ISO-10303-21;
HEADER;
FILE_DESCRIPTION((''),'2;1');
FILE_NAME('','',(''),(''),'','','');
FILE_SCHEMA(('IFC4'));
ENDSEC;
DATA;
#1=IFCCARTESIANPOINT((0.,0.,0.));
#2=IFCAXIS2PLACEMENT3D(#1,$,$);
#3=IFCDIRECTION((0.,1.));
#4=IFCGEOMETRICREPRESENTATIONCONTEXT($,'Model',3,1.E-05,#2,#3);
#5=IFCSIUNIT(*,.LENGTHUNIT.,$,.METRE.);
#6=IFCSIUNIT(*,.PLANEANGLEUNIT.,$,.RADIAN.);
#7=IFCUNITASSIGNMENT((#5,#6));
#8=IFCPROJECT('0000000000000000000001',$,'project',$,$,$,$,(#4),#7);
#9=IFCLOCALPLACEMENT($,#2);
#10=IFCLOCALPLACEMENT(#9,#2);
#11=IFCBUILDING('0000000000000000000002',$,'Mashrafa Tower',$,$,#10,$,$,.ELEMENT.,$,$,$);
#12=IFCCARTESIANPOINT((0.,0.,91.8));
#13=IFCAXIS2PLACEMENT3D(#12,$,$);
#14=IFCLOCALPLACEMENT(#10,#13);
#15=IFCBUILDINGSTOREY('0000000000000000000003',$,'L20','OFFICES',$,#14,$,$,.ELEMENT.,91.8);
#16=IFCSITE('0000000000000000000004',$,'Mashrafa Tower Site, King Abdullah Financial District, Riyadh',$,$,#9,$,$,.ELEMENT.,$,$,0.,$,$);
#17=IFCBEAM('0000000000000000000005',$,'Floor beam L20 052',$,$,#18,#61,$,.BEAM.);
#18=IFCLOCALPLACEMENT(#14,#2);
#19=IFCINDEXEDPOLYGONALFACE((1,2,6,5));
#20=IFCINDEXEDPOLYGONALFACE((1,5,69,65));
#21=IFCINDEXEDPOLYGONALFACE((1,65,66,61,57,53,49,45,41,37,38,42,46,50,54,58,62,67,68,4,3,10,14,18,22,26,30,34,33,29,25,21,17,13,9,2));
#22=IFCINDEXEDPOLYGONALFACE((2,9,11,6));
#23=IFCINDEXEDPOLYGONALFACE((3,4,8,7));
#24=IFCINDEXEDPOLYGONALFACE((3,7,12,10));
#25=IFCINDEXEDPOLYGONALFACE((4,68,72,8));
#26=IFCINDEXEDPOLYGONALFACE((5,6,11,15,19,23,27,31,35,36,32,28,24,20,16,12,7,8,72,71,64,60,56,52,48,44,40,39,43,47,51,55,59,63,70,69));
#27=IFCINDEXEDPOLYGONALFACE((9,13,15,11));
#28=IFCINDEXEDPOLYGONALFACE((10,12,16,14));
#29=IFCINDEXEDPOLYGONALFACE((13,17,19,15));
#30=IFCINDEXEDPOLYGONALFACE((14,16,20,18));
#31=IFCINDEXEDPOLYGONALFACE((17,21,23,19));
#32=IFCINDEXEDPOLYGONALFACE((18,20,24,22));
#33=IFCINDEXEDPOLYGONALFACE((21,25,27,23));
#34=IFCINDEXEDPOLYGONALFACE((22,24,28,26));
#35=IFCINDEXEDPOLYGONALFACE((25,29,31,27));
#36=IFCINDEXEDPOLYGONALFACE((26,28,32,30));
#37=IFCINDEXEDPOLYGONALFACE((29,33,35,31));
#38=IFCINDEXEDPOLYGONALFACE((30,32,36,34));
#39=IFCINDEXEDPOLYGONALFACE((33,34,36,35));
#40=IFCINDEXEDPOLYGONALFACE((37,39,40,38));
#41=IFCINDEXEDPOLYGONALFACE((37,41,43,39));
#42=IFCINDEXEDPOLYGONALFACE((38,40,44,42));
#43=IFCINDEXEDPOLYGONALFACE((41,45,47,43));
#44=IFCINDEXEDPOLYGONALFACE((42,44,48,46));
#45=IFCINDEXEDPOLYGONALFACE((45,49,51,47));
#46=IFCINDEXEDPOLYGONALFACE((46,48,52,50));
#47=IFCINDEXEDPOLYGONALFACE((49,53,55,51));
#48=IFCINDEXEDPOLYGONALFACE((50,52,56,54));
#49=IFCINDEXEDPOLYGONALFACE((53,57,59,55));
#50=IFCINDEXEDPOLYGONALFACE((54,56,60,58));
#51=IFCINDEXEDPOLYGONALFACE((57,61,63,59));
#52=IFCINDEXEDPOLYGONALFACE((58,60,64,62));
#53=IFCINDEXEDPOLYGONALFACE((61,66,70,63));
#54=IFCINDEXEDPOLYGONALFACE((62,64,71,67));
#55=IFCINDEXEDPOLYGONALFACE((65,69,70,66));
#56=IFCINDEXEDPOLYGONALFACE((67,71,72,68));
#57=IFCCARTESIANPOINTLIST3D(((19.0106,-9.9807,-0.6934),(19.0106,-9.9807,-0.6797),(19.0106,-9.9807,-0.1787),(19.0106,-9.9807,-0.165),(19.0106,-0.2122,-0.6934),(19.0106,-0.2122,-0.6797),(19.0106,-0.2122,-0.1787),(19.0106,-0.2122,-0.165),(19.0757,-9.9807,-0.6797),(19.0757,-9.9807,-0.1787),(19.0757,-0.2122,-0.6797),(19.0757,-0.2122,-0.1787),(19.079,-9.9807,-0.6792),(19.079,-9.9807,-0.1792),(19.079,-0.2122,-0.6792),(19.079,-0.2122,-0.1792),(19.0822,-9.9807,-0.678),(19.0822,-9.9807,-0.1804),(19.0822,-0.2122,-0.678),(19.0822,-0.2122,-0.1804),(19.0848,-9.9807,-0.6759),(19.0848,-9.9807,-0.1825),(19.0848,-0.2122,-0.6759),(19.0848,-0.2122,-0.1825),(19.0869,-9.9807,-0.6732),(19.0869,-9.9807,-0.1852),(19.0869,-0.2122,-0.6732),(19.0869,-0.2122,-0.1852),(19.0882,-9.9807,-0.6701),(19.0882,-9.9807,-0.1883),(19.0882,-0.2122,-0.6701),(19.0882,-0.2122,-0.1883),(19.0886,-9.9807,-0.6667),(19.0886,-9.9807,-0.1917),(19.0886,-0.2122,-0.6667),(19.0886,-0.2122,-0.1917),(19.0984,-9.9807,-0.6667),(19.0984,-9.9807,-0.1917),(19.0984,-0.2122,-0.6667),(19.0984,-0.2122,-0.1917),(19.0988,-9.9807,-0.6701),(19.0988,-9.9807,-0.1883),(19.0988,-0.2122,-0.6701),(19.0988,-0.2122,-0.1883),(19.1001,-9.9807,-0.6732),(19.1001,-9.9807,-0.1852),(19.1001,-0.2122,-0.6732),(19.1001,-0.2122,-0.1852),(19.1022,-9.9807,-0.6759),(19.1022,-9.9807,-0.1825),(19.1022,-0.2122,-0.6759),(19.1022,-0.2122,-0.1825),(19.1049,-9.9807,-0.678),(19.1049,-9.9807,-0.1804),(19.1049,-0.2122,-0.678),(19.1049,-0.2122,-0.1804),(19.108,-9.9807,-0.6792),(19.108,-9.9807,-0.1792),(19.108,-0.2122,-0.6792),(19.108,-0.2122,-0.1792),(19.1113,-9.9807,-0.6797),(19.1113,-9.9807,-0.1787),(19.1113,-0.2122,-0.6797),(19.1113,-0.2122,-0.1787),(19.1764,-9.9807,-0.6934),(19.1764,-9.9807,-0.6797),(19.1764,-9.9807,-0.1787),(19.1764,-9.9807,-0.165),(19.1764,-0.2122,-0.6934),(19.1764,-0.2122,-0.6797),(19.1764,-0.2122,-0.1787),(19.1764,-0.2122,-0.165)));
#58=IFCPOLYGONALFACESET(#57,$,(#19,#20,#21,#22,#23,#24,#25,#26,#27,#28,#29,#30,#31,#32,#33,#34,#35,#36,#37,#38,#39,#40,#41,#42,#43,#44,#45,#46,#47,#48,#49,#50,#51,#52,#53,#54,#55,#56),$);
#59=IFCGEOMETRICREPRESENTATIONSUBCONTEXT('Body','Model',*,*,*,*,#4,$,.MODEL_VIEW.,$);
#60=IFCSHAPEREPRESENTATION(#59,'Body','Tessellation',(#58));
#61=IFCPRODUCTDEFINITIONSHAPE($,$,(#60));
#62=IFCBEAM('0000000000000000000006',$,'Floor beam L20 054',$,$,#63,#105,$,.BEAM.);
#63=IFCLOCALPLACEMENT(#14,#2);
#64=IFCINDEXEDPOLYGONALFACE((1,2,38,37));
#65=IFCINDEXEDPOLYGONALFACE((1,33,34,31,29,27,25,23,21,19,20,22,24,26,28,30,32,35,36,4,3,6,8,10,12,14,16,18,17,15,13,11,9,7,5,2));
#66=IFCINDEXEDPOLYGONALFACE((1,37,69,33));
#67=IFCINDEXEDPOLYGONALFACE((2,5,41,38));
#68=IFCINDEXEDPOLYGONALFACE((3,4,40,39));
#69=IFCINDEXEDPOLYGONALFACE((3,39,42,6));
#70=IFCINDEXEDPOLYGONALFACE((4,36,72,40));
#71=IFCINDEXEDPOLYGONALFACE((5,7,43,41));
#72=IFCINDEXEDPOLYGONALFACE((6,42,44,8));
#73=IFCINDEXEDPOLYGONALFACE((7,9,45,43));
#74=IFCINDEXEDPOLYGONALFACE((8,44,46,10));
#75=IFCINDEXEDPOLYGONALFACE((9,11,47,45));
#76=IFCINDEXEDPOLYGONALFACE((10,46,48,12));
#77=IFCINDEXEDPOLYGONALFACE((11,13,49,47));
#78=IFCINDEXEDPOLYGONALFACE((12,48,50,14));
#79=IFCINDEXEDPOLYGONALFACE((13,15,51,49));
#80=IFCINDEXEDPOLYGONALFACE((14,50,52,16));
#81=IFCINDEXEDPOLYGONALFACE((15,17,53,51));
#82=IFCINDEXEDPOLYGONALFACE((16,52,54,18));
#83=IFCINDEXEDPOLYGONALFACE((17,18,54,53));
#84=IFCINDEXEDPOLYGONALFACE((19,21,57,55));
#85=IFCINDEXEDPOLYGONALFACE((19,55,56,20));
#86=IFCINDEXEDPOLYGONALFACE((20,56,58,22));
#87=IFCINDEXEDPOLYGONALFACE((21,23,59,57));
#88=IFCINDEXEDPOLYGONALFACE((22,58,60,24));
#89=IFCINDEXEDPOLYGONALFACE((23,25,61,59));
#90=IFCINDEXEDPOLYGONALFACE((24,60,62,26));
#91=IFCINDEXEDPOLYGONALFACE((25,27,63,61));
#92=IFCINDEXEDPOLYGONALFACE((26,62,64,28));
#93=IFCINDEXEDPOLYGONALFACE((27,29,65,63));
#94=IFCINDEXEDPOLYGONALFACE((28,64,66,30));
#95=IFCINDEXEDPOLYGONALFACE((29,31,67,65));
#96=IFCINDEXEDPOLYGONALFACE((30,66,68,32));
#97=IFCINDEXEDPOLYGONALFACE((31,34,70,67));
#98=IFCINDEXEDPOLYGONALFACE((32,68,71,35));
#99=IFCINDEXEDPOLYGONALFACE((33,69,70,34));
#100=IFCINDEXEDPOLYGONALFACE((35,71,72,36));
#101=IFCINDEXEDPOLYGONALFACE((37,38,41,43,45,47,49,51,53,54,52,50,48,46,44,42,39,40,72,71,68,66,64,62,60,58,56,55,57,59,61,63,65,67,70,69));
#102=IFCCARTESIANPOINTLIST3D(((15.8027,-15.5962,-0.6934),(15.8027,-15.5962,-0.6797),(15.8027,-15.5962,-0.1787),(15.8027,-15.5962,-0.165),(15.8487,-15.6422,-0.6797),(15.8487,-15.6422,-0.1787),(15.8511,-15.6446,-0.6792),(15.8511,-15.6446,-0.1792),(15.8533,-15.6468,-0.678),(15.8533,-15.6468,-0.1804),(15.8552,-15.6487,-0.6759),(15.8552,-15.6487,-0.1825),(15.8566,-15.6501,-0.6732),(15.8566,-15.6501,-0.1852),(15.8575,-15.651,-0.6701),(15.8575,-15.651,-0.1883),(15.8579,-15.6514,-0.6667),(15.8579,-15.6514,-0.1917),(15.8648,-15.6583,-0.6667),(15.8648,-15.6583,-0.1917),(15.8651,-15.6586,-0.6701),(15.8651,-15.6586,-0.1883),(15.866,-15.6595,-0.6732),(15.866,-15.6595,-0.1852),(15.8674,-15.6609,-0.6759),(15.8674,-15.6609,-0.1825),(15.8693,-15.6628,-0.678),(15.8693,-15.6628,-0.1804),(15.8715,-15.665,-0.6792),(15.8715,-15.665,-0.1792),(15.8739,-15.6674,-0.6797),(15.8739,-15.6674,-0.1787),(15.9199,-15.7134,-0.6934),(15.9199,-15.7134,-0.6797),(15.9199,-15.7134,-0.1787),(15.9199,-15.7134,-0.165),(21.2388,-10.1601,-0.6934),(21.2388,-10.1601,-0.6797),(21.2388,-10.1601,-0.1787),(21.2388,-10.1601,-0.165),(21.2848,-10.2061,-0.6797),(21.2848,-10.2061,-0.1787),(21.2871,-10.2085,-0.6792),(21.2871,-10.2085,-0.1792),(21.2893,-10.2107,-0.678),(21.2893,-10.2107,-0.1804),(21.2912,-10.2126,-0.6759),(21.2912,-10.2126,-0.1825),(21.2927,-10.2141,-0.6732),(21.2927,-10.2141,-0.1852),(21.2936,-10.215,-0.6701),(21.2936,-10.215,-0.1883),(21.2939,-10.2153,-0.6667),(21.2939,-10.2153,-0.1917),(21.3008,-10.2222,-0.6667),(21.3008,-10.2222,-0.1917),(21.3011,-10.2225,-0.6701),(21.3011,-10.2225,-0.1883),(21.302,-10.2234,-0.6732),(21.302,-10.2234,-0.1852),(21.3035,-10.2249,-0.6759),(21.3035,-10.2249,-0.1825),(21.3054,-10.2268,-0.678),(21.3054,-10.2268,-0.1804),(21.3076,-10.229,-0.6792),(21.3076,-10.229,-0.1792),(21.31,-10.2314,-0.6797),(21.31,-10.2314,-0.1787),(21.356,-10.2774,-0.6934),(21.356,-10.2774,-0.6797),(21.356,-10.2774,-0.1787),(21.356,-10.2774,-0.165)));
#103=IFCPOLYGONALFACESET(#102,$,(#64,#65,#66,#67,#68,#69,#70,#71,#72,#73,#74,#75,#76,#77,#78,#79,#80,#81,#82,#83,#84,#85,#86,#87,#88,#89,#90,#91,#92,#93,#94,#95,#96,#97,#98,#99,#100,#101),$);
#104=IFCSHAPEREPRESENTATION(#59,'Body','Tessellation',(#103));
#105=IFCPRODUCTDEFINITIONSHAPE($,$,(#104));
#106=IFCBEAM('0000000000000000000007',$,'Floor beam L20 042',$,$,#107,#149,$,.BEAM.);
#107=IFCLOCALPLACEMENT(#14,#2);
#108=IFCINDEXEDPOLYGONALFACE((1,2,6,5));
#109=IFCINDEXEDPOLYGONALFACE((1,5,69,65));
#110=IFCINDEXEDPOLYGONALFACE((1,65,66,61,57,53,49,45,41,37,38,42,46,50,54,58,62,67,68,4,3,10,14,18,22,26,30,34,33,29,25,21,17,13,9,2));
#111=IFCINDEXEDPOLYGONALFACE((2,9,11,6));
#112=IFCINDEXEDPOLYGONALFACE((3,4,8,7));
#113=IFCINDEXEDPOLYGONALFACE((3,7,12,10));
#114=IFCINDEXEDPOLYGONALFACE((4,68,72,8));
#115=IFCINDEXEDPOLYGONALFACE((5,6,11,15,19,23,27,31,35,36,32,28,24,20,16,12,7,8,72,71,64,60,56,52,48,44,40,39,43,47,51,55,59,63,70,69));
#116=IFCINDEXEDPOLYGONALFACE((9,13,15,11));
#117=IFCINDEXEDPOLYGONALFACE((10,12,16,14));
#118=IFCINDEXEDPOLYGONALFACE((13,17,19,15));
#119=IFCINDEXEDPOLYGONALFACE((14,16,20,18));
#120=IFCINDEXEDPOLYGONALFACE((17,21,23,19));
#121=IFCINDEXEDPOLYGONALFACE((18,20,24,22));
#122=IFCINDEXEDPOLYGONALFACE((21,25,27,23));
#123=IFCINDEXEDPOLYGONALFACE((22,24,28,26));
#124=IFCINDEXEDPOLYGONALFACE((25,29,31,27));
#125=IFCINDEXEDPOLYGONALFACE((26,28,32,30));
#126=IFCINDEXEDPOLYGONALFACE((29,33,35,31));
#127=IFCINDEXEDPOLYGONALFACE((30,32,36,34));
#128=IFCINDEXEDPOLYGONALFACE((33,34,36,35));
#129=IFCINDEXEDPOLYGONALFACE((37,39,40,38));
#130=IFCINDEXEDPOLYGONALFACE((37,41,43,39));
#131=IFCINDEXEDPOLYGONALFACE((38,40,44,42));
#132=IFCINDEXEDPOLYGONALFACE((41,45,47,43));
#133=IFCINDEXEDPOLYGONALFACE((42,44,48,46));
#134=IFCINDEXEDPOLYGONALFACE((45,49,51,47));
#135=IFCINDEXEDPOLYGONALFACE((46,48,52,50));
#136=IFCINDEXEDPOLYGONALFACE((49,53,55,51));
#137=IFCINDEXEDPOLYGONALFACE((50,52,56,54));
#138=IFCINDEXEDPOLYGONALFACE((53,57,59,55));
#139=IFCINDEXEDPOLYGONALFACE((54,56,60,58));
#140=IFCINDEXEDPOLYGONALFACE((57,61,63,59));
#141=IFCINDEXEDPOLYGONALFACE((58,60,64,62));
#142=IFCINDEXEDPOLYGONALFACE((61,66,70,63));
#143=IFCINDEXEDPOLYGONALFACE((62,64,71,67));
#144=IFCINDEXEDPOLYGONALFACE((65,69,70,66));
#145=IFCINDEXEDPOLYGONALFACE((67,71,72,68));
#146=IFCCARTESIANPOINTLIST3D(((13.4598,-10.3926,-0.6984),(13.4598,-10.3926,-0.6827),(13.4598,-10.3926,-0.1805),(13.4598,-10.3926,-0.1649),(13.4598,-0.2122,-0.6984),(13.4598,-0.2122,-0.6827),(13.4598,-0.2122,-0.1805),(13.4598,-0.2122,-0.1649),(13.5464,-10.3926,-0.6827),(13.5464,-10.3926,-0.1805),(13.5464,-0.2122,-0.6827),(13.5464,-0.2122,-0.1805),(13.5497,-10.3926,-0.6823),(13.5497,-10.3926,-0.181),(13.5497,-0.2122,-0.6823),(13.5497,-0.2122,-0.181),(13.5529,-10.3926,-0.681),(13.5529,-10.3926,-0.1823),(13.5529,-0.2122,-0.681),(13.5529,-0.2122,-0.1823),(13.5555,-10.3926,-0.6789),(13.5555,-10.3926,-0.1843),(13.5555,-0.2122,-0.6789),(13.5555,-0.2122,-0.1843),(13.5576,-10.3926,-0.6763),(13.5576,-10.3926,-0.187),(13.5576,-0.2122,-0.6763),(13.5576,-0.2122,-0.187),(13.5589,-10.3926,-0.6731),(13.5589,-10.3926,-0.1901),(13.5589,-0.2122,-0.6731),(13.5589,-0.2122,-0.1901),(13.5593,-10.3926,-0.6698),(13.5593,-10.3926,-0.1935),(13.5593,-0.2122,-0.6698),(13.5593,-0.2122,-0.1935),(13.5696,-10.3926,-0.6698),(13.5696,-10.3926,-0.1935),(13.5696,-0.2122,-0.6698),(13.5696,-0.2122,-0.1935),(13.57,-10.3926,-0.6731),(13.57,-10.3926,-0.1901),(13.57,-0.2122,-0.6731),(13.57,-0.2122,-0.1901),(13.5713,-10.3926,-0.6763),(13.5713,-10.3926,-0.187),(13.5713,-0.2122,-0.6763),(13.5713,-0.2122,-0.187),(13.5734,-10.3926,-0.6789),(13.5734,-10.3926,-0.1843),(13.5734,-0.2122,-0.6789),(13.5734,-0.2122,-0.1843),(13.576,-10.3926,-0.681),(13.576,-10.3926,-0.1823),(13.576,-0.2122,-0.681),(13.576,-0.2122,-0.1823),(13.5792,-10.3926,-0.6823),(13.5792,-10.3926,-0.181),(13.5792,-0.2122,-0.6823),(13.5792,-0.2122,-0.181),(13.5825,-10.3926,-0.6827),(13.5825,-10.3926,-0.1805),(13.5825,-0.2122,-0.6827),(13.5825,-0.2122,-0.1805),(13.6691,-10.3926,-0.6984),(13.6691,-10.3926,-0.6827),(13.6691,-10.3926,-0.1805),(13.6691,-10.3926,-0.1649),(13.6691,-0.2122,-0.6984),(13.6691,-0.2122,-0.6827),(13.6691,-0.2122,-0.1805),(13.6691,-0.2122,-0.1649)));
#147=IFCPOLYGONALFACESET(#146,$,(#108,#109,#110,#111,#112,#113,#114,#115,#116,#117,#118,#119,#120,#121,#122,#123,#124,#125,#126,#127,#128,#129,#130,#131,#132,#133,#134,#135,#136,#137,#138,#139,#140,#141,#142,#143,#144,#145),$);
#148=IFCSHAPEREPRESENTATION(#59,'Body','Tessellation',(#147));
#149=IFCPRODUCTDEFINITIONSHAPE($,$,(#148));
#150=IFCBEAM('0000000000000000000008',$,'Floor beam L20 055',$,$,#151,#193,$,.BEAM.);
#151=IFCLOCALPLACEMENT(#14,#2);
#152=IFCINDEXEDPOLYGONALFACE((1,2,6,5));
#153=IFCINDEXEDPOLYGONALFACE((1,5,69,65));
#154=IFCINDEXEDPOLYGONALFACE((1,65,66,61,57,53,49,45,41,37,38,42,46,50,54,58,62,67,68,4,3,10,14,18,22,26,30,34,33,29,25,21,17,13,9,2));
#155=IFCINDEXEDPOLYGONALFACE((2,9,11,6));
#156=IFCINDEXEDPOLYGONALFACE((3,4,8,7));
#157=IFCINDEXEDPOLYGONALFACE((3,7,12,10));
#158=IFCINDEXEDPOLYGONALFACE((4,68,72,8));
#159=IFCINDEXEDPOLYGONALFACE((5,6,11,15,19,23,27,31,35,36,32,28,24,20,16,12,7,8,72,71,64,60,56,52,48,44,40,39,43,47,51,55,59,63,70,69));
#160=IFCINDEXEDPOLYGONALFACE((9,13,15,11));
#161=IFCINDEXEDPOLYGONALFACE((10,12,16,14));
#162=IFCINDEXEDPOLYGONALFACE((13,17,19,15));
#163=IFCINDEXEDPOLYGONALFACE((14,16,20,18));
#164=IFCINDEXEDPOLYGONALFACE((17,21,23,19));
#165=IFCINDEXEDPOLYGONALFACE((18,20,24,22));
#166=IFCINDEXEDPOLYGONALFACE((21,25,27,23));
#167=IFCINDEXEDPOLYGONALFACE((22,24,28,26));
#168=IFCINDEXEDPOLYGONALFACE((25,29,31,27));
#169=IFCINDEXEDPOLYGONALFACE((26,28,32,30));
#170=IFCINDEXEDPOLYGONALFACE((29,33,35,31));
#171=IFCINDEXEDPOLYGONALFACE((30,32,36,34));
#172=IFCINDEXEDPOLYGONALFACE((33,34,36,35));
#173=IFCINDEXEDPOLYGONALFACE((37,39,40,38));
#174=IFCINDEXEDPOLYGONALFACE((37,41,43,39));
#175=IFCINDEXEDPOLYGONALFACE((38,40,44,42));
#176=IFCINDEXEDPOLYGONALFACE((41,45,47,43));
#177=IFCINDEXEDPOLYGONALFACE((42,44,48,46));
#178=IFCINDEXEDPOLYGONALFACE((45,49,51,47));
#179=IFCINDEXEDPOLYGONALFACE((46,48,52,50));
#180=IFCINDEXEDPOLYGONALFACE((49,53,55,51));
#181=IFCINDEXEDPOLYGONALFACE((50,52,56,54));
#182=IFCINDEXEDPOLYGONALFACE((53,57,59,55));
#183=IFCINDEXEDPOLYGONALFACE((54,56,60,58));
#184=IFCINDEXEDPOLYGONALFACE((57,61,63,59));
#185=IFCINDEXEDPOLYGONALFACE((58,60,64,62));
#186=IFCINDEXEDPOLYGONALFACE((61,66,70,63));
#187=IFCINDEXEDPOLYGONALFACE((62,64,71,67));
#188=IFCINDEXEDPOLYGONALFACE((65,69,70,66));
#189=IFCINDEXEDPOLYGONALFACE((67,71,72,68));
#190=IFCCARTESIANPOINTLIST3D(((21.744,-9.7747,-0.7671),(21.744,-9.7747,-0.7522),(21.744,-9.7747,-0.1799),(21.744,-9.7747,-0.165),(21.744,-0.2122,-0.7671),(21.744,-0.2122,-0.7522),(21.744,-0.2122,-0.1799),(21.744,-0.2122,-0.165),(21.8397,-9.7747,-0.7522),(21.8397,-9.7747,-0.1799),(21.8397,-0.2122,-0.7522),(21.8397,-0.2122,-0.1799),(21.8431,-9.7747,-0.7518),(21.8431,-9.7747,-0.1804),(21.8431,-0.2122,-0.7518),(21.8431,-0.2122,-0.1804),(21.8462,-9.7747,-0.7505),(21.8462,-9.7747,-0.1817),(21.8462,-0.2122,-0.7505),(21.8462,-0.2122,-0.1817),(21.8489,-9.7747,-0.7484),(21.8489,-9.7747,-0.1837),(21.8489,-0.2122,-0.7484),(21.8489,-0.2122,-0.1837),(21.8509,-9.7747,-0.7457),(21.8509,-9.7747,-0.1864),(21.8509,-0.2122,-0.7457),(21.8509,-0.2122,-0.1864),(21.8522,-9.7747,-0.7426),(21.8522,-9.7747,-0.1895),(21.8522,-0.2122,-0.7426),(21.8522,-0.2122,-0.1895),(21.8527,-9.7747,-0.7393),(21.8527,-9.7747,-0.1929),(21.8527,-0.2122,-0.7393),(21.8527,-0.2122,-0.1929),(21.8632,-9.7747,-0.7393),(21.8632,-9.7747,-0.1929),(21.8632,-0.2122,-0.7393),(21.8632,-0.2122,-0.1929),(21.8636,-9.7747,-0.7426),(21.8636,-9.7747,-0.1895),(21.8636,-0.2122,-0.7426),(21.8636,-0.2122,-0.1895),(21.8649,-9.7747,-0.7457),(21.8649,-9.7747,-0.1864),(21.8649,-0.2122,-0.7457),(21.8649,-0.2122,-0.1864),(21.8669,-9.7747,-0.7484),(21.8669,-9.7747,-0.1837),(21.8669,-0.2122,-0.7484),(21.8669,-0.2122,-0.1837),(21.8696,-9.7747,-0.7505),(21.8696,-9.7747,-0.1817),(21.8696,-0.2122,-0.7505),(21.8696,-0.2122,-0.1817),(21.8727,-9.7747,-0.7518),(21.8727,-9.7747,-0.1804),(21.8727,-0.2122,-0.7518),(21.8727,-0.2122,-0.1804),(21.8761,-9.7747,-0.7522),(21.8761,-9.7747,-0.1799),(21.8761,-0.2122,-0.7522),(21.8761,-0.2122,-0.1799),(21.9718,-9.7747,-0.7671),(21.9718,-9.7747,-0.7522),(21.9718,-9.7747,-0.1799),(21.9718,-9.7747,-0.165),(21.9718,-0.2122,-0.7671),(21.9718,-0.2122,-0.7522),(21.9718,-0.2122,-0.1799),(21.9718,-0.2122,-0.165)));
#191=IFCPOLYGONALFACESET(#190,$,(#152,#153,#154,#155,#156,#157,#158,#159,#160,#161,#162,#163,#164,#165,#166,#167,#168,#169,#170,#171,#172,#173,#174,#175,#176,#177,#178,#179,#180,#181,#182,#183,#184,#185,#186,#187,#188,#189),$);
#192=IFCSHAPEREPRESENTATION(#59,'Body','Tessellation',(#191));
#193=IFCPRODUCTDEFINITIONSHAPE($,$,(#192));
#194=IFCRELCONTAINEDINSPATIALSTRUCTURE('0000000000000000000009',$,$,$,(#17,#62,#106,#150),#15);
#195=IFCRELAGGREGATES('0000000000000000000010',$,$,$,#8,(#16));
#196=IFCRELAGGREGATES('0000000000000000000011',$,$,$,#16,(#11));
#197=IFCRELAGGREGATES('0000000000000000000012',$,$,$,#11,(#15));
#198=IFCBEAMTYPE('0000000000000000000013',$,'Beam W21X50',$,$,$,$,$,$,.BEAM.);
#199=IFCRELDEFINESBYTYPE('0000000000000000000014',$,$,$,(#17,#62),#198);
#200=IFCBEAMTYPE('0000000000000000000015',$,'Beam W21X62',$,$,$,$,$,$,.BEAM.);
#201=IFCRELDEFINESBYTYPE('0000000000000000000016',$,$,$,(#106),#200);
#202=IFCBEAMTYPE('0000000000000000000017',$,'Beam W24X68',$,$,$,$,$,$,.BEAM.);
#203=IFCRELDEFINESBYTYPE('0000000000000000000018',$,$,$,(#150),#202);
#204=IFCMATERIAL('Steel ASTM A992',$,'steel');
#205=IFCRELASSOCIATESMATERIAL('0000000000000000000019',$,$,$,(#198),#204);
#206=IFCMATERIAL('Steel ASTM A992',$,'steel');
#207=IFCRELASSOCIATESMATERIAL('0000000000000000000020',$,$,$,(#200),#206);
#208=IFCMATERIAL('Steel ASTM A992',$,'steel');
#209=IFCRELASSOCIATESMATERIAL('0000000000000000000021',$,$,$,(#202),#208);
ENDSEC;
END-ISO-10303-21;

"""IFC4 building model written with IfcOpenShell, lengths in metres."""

from ifc_helpers import new_model, si_unit, direction, frame, origin, origin_2d, place, context, subcontext, project, spatial, i_section, extrude, material, material_profile, profile_set, type_object, element, save


model = new_model("IFC4")

# Units and contexts
model_context = context("Model", 3, precision=1e-05, world=origin(), true_north=direction((0.0, 1.0)))
body_context = subcontext(model_context, "Body", "Model", "MODEL_VIEW")
ifc_project = project(units=[si_unit("LENGTHUNIT", "METRE"), si_unit("PLANEANGLEUNIT", "RADIAN")], contexts=[model_context])

# Site, building, storey
site_placement = place(None, origin())
site = spatial("IfcSite", under=ifc_project, at=site_placement, Name="Mashrafa Tower Site, King Abdullah Financial District, Riyadh", CompositionType="ELEMENT", RefElevation=0.0)
building_placement = place(site_placement, origin())
building = spatial("IfcBuilding", under=site, at=building_placement, Name="Mashrafa Tower", CompositionType="ELEMENT")
storey_placement = place(building_placement, frame((0.0, 0.0, 91.8)))
storey = spatial("IfcBuildingStorey", under=building, at=storey_placement, Name="L20", Description="OFFICES", CompositionType="ELEMENT", Elevation=91.8)

# Beams
ifc_material_1 = material(Name="Steel ASTM A992", Category="steel")
ifc_material_profile_1 = material_profile(ifc_material_1, i_section(OverallWidth=0.1658, OverallDepth=0.5283, WebThickness=0.0098, FlangeThickness=0.0137, FilletRadius=0.0129, at=origin_2d()), Name="W21X50")
ifc_profile_set_1 = profile_set([ifc_material_profile_1], Name="Steel ASTM A992")
beam_type_1 = type_object("IfcBeamType", Name="Beam W21X50", PredefinedType="BEAM", material=ifc_profile_set_1)
beam_1_placement = place(storey_placement, frame((19.0935, -0.2122, -0.4292), z_axis=(0.0, -1.0, 0.0), x_axis=(1.0, 0.0, 0.0)))
element("IfcBeam", 1, at=beam_1_placement, inside=storey, type_object=beam_type_1, Name="Floor beam L20 052", PredefinedType="BEAM", context=body_context, shape_type="SweptSolid", body=[
    extrude(i_section(OverallWidth=0.1658, OverallDepth=0.5283, WebThickness=0.0098, FlangeThickness=0.0137, FilletRadius=0.0129, at=origin_2d()), origin(), (0.0, 0.0, 1.0), 9.7686),
])
beam_2_placement = place(storey_placement, frame((21.2974, -10.2188, -0.4292), z_axis=(-0.707107, -0.707107, 0.0), x_axis=(0.707107, -0.707107, 0.0)))
element("IfcBeam", 2, at=beam_2_placement, inside=storey, type_object=beam_type_1, Name="Floor beam L20 054", PredefinedType="BEAM", context=body_context, shape_type="SweptSolid", body=[
    extrude(i_section(OverallWidth=0.1658, OverallDepth=0.5283, WebThickness=0.0098, FlangeThickness=0.0137, FilletRadius=0.0129, at=origin_2d()), origin(), (0.0, 0.0, 1.0), 7.6877),
])
ifc_material_2 = material(Name="Steel ASTM A992", Category="steel")
ifc_material_profile_2 = material_profile(ifc_material_2, i_section(OverallWidth=0.2092, OverallDepth=0.5334, WebThickness=0.0103, FlangeThickness=0.0156, FilletRadius=0.0129, at=origin_2d()), Name="W21X62")
ifc_profile_set_2 = profile_set([ifc_material_profile_2], Name="Steel ASTM A992")
beam_type_2 = type_object("IfcBeamType", Name="Beam W21X62", PredefinedType="BEAM", material=ifc_profile_set_2)
beam_3_placement = place(storey_placement, frame((13.5645, -0.2122, -0.4316), z_axis=(0.0, -1.0, 0.0), x_axis=(1.0, 0.0, 0.0)))
element("IfcBeam", 3, at=beam_3_placement, inside=storey, type_object=beam_type_2, Name="Floor beam L20 042", PredefinedType="BEAM", context=body_context, shape_type="SweptSolid", body=[
    extrude(i_section(OverallWidth=0.2092, OverallDepth=0.5334, WebThickness=0.0103, FlangeThickness=0.0156, FilletRadius=0.0129, at=origin_2d()), origin(), (0.0, 0.0, 1.0), 10.1804),
])
ifc_material_3 = material(Name="Steel ASTM A992", Category="steel")
ifc_material_profile_3 = material_profile(ifc_material_3, i_section(OverallWidth=0.2278, OverallDepth=0.6021, WebThickness=0.0105, FlangeThickness=0.0149, FilletRadius=0.0129, at=origin_2d()), Name="W24X68")
ifc_profile_set_3 = profile_set([ifc_material_profile_3], Name="Steel ASTM A992")
beam_type_3 = type_object("IfcBeamType", Name="Beam W24X68", PredefinedType="BEAM", material=ifc_profile_set_3)
beam_4_placement = place(storey_placement, frame((21.8579, -0.2122, -0.4661), z_axis=(0.0, -1.0, 0.0), x_axis=(1.0, 0.0, 0.0)))
element("IfcBeam", 4, at=beam_4_placement, inside=storey, type_object=beam_type_3, Name="Floor beam L20 055", PredefinedType="BEAM", context=body_context, shape_type="SweptSolid", body=[
    extrude(i_section(OverallWidth=0.2278, OverallDepth=0.6021, WebThickness=0.0105, FlangeThickness=0.0149, FilletRadius=0.0129, at=origin_2d()), origin(), (0.0, 0.0, 1.0), 9.5625),
])

save(model, "model.ifc")
